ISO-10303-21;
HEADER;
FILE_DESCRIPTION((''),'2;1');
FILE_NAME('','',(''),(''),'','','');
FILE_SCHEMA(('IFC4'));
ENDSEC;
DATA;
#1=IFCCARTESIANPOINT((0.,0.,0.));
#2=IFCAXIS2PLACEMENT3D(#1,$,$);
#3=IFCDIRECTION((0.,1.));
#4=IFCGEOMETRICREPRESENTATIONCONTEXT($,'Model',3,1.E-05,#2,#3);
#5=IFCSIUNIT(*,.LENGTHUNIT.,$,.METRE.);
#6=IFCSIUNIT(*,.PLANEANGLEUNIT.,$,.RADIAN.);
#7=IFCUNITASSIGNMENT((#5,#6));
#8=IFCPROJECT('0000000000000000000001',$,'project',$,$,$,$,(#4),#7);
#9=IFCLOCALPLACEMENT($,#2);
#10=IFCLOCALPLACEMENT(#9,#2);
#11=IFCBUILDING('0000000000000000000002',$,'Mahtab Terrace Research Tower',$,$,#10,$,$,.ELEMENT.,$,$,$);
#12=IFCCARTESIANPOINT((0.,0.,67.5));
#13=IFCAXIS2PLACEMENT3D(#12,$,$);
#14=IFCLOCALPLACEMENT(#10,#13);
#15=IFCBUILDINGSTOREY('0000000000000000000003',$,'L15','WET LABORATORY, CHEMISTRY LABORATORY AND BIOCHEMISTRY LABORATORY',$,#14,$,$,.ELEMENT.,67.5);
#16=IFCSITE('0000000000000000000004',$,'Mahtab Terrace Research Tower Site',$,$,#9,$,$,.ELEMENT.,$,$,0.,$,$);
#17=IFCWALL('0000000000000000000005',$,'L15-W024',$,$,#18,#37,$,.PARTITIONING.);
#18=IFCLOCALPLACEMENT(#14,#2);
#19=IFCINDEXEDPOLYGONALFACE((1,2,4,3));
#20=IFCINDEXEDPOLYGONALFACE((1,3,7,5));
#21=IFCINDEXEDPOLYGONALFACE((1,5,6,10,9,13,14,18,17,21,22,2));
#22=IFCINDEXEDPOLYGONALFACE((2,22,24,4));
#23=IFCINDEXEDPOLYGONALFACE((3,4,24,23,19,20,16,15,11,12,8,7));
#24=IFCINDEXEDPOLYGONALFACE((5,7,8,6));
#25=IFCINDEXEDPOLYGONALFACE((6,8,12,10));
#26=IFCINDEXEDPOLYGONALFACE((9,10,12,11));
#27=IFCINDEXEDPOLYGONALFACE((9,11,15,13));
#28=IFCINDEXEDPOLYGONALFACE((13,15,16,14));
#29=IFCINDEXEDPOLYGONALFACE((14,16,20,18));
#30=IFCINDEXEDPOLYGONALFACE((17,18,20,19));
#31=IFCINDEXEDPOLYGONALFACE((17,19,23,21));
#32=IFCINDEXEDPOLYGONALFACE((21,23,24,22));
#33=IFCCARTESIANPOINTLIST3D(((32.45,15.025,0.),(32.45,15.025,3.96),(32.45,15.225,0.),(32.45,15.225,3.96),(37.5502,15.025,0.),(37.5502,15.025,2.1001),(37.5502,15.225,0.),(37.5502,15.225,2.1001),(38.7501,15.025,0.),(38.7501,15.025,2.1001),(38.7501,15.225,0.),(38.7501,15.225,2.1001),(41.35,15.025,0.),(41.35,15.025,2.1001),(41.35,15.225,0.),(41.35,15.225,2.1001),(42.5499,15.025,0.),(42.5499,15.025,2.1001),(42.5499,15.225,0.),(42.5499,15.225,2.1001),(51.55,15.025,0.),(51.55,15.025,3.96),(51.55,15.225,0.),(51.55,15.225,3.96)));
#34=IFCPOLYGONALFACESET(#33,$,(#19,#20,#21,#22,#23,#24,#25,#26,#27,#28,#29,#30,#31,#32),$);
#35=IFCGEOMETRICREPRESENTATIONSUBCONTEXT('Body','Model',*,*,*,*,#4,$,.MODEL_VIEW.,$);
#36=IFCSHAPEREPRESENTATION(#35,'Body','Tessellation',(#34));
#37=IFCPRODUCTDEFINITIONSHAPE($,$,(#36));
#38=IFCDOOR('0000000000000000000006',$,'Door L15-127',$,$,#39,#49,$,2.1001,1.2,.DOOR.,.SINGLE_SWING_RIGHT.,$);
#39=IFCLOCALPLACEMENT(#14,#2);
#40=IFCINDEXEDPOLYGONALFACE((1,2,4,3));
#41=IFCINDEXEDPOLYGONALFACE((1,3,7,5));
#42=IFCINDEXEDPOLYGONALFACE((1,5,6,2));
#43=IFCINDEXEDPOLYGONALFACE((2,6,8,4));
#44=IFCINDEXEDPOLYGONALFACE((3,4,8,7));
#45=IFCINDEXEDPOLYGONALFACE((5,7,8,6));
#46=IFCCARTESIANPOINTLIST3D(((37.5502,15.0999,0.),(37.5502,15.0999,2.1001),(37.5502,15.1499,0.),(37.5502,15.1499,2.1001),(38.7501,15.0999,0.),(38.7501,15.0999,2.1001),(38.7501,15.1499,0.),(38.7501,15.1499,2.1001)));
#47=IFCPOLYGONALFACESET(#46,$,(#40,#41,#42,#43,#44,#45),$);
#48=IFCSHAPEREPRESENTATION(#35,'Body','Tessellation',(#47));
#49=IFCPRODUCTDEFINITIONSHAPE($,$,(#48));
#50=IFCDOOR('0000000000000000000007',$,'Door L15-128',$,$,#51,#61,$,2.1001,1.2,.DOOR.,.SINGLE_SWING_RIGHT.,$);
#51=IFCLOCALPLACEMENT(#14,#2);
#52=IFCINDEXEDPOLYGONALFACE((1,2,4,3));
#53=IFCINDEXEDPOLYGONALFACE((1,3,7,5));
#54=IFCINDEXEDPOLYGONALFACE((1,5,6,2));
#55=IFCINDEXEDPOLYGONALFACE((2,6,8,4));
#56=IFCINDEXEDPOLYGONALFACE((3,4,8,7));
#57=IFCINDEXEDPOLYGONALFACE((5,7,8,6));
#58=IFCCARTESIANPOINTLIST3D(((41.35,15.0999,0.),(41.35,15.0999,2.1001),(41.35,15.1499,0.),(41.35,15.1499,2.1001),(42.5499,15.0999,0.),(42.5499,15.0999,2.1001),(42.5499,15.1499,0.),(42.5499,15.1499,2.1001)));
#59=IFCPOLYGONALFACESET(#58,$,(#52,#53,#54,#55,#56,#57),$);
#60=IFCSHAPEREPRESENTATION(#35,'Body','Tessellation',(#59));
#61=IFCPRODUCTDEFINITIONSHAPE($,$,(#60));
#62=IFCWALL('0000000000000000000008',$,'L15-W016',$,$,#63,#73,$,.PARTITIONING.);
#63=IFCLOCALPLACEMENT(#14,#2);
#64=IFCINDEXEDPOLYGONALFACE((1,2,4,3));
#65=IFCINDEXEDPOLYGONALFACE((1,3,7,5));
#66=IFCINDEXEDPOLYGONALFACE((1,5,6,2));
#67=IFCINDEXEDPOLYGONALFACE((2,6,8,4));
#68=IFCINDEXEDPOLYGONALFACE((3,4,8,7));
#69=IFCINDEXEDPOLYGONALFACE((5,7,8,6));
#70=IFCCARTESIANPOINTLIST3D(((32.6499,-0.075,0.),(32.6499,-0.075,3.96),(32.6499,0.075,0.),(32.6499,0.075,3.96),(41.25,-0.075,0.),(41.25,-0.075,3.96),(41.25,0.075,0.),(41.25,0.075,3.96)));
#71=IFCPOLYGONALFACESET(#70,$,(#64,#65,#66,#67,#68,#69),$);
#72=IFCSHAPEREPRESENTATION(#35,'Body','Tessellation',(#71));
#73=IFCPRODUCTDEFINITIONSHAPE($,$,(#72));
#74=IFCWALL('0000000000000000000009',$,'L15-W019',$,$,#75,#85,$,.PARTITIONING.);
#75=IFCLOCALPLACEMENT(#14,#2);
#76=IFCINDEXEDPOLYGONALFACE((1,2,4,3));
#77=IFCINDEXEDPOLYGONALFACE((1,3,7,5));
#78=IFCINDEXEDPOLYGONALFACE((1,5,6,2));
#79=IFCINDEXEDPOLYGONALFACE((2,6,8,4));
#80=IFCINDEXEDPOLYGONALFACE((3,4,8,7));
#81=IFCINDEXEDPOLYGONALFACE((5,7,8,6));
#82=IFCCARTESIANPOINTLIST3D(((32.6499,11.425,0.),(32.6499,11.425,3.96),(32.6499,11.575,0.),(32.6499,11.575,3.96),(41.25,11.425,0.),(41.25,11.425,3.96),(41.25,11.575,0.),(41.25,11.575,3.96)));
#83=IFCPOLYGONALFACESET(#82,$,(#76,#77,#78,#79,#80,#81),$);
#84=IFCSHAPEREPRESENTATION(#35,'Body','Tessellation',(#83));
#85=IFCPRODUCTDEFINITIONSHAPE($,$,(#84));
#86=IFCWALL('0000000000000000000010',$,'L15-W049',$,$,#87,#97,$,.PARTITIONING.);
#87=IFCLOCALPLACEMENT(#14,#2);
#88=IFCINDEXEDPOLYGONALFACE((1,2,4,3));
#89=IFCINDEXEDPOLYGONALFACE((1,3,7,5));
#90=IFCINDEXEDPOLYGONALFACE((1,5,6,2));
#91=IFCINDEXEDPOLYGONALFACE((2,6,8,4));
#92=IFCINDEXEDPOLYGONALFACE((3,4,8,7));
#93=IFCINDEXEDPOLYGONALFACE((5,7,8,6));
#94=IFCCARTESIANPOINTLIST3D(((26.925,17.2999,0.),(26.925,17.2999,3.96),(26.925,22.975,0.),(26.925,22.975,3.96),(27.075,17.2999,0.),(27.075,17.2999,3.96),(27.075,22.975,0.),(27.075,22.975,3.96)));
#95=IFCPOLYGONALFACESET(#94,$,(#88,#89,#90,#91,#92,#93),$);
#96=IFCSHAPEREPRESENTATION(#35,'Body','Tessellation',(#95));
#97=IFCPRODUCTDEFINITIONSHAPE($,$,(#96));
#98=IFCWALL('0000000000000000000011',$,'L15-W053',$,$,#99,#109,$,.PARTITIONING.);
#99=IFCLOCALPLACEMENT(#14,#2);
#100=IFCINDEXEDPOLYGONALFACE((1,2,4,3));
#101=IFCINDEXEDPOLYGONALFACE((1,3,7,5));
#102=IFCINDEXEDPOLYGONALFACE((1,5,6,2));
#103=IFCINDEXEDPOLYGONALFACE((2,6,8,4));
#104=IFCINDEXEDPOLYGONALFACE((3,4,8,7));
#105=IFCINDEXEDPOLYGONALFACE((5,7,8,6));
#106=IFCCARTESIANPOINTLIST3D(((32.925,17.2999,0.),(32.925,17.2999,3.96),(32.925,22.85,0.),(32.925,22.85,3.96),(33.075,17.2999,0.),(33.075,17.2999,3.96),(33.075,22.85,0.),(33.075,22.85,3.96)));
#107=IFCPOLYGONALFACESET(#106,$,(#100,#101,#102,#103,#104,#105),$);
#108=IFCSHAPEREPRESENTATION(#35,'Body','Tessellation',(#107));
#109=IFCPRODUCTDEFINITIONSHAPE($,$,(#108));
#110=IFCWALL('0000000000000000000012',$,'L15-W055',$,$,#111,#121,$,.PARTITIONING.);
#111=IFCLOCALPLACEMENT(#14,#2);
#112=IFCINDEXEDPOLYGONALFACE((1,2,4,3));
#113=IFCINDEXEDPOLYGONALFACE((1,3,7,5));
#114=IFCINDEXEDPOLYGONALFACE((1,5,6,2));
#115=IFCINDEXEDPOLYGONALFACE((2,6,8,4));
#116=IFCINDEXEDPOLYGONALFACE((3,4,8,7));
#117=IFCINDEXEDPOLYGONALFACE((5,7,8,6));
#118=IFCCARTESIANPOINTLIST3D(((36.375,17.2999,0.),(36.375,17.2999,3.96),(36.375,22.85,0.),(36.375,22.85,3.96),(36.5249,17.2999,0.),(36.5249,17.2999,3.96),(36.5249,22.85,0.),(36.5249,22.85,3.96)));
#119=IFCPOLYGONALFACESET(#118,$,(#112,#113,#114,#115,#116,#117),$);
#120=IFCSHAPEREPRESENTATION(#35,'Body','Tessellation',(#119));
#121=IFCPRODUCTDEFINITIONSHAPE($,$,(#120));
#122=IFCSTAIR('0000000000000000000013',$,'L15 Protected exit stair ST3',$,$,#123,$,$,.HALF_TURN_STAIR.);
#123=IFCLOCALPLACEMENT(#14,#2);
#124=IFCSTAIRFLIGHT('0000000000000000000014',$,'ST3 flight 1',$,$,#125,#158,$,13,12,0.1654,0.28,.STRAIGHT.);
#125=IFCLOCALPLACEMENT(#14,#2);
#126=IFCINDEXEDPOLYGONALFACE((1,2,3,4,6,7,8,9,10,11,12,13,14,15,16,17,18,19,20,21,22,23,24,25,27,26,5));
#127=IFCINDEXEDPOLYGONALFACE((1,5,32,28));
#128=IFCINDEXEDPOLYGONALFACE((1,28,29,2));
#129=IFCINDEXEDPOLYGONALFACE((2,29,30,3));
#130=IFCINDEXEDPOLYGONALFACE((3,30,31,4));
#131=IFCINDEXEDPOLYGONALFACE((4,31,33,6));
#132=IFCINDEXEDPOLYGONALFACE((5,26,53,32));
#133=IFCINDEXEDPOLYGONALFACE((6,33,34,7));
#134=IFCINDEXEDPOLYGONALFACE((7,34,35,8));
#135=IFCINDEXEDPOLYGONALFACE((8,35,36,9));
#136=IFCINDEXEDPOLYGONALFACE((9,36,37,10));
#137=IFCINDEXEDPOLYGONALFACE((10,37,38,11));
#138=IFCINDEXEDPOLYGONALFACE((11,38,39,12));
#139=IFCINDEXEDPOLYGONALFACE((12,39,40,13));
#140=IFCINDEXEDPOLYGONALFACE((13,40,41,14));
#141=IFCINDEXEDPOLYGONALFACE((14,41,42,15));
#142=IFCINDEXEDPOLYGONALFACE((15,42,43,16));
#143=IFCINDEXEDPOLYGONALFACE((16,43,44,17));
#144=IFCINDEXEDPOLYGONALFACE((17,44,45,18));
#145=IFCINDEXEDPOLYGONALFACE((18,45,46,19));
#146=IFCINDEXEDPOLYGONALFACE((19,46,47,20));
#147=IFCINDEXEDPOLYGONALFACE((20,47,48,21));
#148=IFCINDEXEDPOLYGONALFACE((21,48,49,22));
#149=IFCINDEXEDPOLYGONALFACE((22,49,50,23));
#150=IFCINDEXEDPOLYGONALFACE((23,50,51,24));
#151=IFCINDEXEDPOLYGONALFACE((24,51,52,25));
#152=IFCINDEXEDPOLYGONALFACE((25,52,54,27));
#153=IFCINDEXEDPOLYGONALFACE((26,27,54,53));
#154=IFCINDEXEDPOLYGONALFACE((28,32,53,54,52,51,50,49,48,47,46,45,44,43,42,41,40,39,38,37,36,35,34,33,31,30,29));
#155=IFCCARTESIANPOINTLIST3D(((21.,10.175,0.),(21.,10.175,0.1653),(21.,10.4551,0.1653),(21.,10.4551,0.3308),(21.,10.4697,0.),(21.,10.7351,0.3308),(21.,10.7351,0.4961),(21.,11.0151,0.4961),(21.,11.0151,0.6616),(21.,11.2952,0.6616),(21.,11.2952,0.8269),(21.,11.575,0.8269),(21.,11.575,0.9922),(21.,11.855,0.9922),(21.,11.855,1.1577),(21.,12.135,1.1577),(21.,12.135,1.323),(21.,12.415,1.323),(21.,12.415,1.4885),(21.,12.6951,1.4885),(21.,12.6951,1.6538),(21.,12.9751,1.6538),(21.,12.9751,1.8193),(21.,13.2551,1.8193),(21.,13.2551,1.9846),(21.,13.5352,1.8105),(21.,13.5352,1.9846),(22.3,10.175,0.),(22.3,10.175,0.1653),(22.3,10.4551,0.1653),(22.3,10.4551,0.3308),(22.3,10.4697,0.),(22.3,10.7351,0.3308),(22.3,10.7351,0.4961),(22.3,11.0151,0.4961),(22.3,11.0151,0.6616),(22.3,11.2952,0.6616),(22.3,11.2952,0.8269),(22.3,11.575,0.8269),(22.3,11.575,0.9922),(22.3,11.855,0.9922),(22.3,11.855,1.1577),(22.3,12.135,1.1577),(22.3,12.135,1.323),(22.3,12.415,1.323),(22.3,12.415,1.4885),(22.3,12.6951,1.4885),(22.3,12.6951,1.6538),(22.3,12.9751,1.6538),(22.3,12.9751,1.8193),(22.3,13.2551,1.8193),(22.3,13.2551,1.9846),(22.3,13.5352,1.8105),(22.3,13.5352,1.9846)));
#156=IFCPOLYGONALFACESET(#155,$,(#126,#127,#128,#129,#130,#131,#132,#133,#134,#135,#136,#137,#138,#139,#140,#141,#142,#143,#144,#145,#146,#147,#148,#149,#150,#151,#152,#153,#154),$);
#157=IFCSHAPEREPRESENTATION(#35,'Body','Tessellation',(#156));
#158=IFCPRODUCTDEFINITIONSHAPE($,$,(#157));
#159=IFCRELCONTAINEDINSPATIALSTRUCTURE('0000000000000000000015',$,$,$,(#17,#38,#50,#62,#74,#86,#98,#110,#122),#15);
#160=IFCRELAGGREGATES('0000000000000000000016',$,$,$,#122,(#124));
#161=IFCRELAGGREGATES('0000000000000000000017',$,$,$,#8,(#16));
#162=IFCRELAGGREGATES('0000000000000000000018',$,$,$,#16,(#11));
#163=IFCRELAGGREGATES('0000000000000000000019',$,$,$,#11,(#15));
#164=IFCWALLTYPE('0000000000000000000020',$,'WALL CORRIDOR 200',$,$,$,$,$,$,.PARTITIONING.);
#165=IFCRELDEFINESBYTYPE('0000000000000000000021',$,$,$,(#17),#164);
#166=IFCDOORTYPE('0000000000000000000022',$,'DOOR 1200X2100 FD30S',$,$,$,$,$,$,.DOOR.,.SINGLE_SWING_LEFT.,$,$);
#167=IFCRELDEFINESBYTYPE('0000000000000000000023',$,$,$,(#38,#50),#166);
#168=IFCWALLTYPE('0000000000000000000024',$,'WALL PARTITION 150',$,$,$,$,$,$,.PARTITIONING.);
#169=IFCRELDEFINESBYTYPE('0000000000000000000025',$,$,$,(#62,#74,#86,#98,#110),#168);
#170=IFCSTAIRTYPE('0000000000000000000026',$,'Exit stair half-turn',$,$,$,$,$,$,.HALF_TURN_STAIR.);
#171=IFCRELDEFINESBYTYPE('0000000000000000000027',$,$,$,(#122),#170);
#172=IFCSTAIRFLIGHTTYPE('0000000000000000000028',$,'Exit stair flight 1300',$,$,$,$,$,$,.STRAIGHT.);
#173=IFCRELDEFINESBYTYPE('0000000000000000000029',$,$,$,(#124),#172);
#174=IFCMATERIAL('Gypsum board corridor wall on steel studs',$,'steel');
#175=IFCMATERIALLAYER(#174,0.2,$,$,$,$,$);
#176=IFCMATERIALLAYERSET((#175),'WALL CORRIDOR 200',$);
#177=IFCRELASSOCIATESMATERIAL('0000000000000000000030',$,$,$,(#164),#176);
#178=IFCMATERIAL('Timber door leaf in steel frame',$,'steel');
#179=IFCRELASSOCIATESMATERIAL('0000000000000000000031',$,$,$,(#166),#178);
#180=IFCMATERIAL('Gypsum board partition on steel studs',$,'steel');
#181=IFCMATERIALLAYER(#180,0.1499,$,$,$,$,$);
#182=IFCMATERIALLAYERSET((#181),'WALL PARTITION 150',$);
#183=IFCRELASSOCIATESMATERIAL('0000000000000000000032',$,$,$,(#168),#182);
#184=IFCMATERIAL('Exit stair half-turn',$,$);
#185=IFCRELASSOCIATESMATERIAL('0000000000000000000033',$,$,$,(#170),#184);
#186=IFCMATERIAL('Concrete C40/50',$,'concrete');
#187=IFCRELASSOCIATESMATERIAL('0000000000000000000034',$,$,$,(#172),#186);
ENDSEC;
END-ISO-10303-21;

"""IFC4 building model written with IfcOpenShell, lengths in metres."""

from ifc_helpers import new_model, si_unit, direction, frame, frame_2d, origin, place, context, subcontext, project, spatial, polyline, rectangle, outline, extrude, material, layer, layer_set, type_object, element, fill, aggregate, save


model = new_model("IFC4")

# Units and contexts
model_context = context("Model", 3, precision=1e-05, world=origin(), true_north=direction((0.0, 1.0)))
body_context = subcontext(model_context, "Body", "Model", "MODEL_VIEW")
ifc_project = project(units=[si_unit("LENGTHUNIT", "METRE"), si_unit("PLANEANGLEUNIT", "RADIAN")], contexts=[model_context])

# Site, building, storey
site_placement = place(None, origin())
site = spatial("IfcSite", under=ifc_project, at=site_placement, Name="Mahtab Terrace Research Tower Site", CompositionType="ELEMENT", RefElevation=0.0)
building_placement = place(site_placement, origin())
building = spatial("IfcBuilding", under=site, at=building_placement, Name="Mahtab Terrace Research Tower", CompositionType="ELEMENT")
storey_placement = place(building_placement, frame((0.0, 0.0, 67.5)))
storey = spatial("IfcBuildingStorey", under=building, at=storey_placement, Name="L15", Description="WET LABORATORY, CHEMISTRY LABORATORY AND BIOCHEMISTRY LABORATORY", CompositionType="ELEMENT", Elevation=67.5)

# Wall, openings, doors
ifc_material_1 = material(Name="Gypsum board corridor wall on steel studs", Category="steel")
ifc_layer_1 = layer(ifc_material_1, 0.2)
ifc_layer_set_1 = layer_set([ifc_layer_1], Name="WALL CORRIDOR 200")
wall_type_1 = type_object("IfcWallType", Name="WALL CORRIDOR 200", PredefinedType="PARTITIONING", material=ifc_layer_set_1)
wall_1_placement = place(storey_placement, frame((32.45, 15.125, 0.0), z_axis=(0.0, 0.0, 1.0), x_axis=(1.0, 0.0, 0.0)))
wall_1 = element("IfcWall", 1, at=wall_1_placement, inside=storey, type_object=wall_type_1, Name="L15-W024", PredefinedType="PARTITIONING", context=body_context, shape_type="SweptSolid", body=[
    extrude(rectangle(XDim=19.1001, YDim=0.2, at=frame_2d((9.55, 0.0))), origin(), (0.0, 0.0, 1.0), 3.96),
])
opening_1_placement = place(wall_1_placement, frame((5.1001, 0.0, 0.0)))
opening_1 = element("IfcOpeningElement", 2, at=opening_1_placement, cuts=wall_1, PredefinedType="OPENING", context=body_context, shape_type="SweptSolid", body=[
    extrude(rectangle(XDim=1.2, YDim=2.1001, at=frame_2d((0.6001, 1.05))), frame((0.0, 0.1099, 0.0), z_axis=(0.0, -1.0, 0.0), x_axis=(1.0, 0.0, 0.0)), (0.0, 0.0, 1.0), 0.22),
])
opening_2_placement = place(wall_1_placement, frame((8.8999, 0.0, 0.0)))
opening_2 = element("IfcOpeningElement", 3, at=opening_2_placement, cuts=wall_1, PredefinedType="OPENING", context=body_context, shape_type="SweptSolid", body=[
    extrude(rectangle(XDim=1.2, YDim=2.1001, at=frame_2d((0.6001, 1.05))), frame((0.0, 0.1099, 0.0), z_axis=(0.0, -1.0, 0.0), x_axis=(1.0, 0.0, 0.0)), (0.0, 0.0, 1.0), 0.22),
])
ifc_material_2 = material(Name="Timber door leaf in steel frame", Category="steel")
door_type_1 = type_object("IfcDoorType", Name="DOOR 1200X2100 FD30S", OperationType="SINGLE_SWING_LEFT", PredefinedType="DOOR", material=ifc_material_2)
door_1_placement = place(opening_1_placement, origin())
door_1 = element("IfcDoor", 4, at=door_1_placement, inside=storey, type_object=door_type_1, Name="Door L15-127", OperationType="SINGLE_SWING_RIGHT", OverallHeight=2.1001, OverallWidth=1.2, PredefinedType="DOOR", context=body_context, shape_type="SweptSolid", body=[
    extrude(rectangle(XDim=1.2, YDim=2.1001, at=frame_2d((0.6001, 1.05))), frame((0.0, 0.0249, 0.0), z_axis=(0.0, -1.0, 0.0), x_axis=(1.0, 0.0, 0.0)), (0.0, 0.0, 1.0), 0.05),
])
fill(opening_1, door_1)
door_2_placement = place(opening_2_placement, origin())
door_2 = element("IfcDoor", 5, at=door_2_placement, inside=storey, type_object=door_type_1, Name="Door L15-128", OperationType="SINGLE_SWING_RIGHT", OverallHeight=2.1001, OverallWidth=1.2, PredefinedType="DOOR", context=body_context, shape_type="SweptSolid", body=[
    extrude(rectangle(XDim=1.2, YDim=2.1001, at=frame_2d((0.6001, 1.05))), frame((0.0, 0.0249, 0.0), z_axis=(0.0, -1.0, 0.0), x_axis=(1.0, 0.0, 0.0)), (0.0, 0.0, 1.0), 0.05),
])
fill(opening_2, door_2)

# Walls
ifc_material_3 = material(Name="Gypsum board partition on steel studs", Category="steel")
ifc_layer_2 = layer(ifc_material_3, 0.1499)
ifc_layer_set_2 = layer_set([ifc_layer_2], Name="WALL PARTITION 150")
wall_type_2 = type_object("IfcWallType", Name="WALL PARTITION 150", PredefinedType="PARTITIONING", material=ifc_layer_set_2)
for number, where, z_axis, x_axis, name in (
    (6, (32.6499, 0.0, 0.0), (0.0, 0.0, 1.0), (1.0, 0.0, 0.0), "L15-W016"),
    (7, (32.6499, 11.5, 0.0), (0.0, 0.0, 1.0), (1.0, 0.0, 0.0), "L15-W019"),
):
    element("IfcWall", number, at=place(storey_placement, frame(where, z_axis=z_axis, x_axis=x_axis)), inside=storey, type_object=wall_type_2, Name=name, PredefinedType="PARTITIONING", context=body_context, shape_type="SweptSolid", body=[
        extrude(rectangle(XDim=8.6001, YDim=0.1499, at=frame_2d((4.3, 0.0))), origin(), (0.0, 0.0, 1.0), 3.96),
    ])
wall_2_placement = place(storey_placement, frame((27.0, 17.3, 0.0), z_axis=(0.0, 0.0, 1.0), x_axis=(0.0, 1.0, 0.0)))
element("IfcWall", 8, at=wall_2_placement, inside=storey, type_object=wall_type_2, Name="L15-W049", PredefinedType="PARTITIONING", context=body_context, shape_type="SweptSolid", body=[
    extrude(rectangle(XDim=5.675, YDim=0.1499, at=frame_2d((2.8374, 0.0))), origin(), (0.0, 0.0, 1.0), 3.96),
])
for number, where, z_axis, x_axis, name in (
    (9, (33.0, 17.3, 0.0), (0.0, 0.0, 1.0), (0.0, 1.0, 0.0), "L15-W053"),
    (10, (36.45, 17.3, 0.0), (0.0, 0.0, 1.0), (0.0, 1.0, 0.0), "L15-W055"),
):
    element("IfcWall", number, at=place(storey_placement, frame(where, z_axis=z_axis, x_axis=x_axis)), inside=storey, type_object=wall_type_2, Name=name, PredefinedType="PARTITIONING", context=body_context, shape_type="SweptSolid", body=[
        extrude(rectangle(XDim=5.55, YDim=0.1499, at=frame_2d((2.7749, 0.0))), origin(), (0.0, 0.0, 1.0), 3.96),
    ])

# Stair, stair flight
ifc_material_4 = material(Name="Exit stair half-turn")
stair_type = type_object("IfcStairType", Name="Exit stair half-turn", PredefinedType="HALF_TURN_STAIR", material=ifc_material_4)
stair_placement = place(storey_placement, origin())
stair = element("IfcStair", 11, at=stair_placement, inside=storey, type_object=stair_type, Name="L15 Protected exit stair ST3", PredefinedType="HALF_TURN_STAIR")
ifc_material_5 = material(Name="Concrete C40/50", Category="concrete")
stair_flight_type = type_object("IfcStairFlightType", Name="Exit stair flight 1300", PredefinedType="STRAIGHT", material=ifc_material_5)
stair_flight_placement = place(storey_placement, frame((21.6499, 10.175, 0.0), z_axis=(0.0, 0.0, 1.0), x_axis=(0.0, 1.0, 0.0)))
stair_flight = element("IfcStairFlight", 12, at=stair_flight_placement, type_object=stair_flight_type, Name="ST3 flight 1", NumberOfRisers=13, NumberOfTreads=12, PredefinedType="STRAIGHT", RiserHeight=0.1654, TreadLength=0.28, context=body_context, shape_type="SweptSolid", body=[
    extrude(outline(polyline([(0.0, 0.0), (0.0, 0.1653), (0.28, 0.1653), (0.28, 0.3308), (0.5601, 0.3308), (0.5601, 0.4961), (0.8401, 0.4961), (0.8401, 0.6616), (1.1201, 0.6616), (1.1201, 0.8269), (1.3999, 0.8269), (1.3999, 0.9922), (1.6799, 0.9922), (1.6799, 1.1577), (1.96, 1.1577), (1.96, 1.323), (2.24, 1.323), (2.24, 1.4885), (2.52, 1.4885), (2.52, 1.6538), (2.8, 1.6538), (2.8, 1.8193), (3.0801, 1.8193), (3.0801, 1.9846), (3.3601, 1.9846), (3.3601, 2.1499), (3.3601, 1.8105), (0.2947, 0.0), (0.0, 0.0)])), frame((0.0, 0.6499, 0.0), z_axis=(0.0, -1.0, 0.0), x_axis=(1.0, 0.0, 0.0)), (0.0, 0.0, 1.0), 1.3),
])
aggregate(stair, [stair_flight])

save(model, "model.ifc")
